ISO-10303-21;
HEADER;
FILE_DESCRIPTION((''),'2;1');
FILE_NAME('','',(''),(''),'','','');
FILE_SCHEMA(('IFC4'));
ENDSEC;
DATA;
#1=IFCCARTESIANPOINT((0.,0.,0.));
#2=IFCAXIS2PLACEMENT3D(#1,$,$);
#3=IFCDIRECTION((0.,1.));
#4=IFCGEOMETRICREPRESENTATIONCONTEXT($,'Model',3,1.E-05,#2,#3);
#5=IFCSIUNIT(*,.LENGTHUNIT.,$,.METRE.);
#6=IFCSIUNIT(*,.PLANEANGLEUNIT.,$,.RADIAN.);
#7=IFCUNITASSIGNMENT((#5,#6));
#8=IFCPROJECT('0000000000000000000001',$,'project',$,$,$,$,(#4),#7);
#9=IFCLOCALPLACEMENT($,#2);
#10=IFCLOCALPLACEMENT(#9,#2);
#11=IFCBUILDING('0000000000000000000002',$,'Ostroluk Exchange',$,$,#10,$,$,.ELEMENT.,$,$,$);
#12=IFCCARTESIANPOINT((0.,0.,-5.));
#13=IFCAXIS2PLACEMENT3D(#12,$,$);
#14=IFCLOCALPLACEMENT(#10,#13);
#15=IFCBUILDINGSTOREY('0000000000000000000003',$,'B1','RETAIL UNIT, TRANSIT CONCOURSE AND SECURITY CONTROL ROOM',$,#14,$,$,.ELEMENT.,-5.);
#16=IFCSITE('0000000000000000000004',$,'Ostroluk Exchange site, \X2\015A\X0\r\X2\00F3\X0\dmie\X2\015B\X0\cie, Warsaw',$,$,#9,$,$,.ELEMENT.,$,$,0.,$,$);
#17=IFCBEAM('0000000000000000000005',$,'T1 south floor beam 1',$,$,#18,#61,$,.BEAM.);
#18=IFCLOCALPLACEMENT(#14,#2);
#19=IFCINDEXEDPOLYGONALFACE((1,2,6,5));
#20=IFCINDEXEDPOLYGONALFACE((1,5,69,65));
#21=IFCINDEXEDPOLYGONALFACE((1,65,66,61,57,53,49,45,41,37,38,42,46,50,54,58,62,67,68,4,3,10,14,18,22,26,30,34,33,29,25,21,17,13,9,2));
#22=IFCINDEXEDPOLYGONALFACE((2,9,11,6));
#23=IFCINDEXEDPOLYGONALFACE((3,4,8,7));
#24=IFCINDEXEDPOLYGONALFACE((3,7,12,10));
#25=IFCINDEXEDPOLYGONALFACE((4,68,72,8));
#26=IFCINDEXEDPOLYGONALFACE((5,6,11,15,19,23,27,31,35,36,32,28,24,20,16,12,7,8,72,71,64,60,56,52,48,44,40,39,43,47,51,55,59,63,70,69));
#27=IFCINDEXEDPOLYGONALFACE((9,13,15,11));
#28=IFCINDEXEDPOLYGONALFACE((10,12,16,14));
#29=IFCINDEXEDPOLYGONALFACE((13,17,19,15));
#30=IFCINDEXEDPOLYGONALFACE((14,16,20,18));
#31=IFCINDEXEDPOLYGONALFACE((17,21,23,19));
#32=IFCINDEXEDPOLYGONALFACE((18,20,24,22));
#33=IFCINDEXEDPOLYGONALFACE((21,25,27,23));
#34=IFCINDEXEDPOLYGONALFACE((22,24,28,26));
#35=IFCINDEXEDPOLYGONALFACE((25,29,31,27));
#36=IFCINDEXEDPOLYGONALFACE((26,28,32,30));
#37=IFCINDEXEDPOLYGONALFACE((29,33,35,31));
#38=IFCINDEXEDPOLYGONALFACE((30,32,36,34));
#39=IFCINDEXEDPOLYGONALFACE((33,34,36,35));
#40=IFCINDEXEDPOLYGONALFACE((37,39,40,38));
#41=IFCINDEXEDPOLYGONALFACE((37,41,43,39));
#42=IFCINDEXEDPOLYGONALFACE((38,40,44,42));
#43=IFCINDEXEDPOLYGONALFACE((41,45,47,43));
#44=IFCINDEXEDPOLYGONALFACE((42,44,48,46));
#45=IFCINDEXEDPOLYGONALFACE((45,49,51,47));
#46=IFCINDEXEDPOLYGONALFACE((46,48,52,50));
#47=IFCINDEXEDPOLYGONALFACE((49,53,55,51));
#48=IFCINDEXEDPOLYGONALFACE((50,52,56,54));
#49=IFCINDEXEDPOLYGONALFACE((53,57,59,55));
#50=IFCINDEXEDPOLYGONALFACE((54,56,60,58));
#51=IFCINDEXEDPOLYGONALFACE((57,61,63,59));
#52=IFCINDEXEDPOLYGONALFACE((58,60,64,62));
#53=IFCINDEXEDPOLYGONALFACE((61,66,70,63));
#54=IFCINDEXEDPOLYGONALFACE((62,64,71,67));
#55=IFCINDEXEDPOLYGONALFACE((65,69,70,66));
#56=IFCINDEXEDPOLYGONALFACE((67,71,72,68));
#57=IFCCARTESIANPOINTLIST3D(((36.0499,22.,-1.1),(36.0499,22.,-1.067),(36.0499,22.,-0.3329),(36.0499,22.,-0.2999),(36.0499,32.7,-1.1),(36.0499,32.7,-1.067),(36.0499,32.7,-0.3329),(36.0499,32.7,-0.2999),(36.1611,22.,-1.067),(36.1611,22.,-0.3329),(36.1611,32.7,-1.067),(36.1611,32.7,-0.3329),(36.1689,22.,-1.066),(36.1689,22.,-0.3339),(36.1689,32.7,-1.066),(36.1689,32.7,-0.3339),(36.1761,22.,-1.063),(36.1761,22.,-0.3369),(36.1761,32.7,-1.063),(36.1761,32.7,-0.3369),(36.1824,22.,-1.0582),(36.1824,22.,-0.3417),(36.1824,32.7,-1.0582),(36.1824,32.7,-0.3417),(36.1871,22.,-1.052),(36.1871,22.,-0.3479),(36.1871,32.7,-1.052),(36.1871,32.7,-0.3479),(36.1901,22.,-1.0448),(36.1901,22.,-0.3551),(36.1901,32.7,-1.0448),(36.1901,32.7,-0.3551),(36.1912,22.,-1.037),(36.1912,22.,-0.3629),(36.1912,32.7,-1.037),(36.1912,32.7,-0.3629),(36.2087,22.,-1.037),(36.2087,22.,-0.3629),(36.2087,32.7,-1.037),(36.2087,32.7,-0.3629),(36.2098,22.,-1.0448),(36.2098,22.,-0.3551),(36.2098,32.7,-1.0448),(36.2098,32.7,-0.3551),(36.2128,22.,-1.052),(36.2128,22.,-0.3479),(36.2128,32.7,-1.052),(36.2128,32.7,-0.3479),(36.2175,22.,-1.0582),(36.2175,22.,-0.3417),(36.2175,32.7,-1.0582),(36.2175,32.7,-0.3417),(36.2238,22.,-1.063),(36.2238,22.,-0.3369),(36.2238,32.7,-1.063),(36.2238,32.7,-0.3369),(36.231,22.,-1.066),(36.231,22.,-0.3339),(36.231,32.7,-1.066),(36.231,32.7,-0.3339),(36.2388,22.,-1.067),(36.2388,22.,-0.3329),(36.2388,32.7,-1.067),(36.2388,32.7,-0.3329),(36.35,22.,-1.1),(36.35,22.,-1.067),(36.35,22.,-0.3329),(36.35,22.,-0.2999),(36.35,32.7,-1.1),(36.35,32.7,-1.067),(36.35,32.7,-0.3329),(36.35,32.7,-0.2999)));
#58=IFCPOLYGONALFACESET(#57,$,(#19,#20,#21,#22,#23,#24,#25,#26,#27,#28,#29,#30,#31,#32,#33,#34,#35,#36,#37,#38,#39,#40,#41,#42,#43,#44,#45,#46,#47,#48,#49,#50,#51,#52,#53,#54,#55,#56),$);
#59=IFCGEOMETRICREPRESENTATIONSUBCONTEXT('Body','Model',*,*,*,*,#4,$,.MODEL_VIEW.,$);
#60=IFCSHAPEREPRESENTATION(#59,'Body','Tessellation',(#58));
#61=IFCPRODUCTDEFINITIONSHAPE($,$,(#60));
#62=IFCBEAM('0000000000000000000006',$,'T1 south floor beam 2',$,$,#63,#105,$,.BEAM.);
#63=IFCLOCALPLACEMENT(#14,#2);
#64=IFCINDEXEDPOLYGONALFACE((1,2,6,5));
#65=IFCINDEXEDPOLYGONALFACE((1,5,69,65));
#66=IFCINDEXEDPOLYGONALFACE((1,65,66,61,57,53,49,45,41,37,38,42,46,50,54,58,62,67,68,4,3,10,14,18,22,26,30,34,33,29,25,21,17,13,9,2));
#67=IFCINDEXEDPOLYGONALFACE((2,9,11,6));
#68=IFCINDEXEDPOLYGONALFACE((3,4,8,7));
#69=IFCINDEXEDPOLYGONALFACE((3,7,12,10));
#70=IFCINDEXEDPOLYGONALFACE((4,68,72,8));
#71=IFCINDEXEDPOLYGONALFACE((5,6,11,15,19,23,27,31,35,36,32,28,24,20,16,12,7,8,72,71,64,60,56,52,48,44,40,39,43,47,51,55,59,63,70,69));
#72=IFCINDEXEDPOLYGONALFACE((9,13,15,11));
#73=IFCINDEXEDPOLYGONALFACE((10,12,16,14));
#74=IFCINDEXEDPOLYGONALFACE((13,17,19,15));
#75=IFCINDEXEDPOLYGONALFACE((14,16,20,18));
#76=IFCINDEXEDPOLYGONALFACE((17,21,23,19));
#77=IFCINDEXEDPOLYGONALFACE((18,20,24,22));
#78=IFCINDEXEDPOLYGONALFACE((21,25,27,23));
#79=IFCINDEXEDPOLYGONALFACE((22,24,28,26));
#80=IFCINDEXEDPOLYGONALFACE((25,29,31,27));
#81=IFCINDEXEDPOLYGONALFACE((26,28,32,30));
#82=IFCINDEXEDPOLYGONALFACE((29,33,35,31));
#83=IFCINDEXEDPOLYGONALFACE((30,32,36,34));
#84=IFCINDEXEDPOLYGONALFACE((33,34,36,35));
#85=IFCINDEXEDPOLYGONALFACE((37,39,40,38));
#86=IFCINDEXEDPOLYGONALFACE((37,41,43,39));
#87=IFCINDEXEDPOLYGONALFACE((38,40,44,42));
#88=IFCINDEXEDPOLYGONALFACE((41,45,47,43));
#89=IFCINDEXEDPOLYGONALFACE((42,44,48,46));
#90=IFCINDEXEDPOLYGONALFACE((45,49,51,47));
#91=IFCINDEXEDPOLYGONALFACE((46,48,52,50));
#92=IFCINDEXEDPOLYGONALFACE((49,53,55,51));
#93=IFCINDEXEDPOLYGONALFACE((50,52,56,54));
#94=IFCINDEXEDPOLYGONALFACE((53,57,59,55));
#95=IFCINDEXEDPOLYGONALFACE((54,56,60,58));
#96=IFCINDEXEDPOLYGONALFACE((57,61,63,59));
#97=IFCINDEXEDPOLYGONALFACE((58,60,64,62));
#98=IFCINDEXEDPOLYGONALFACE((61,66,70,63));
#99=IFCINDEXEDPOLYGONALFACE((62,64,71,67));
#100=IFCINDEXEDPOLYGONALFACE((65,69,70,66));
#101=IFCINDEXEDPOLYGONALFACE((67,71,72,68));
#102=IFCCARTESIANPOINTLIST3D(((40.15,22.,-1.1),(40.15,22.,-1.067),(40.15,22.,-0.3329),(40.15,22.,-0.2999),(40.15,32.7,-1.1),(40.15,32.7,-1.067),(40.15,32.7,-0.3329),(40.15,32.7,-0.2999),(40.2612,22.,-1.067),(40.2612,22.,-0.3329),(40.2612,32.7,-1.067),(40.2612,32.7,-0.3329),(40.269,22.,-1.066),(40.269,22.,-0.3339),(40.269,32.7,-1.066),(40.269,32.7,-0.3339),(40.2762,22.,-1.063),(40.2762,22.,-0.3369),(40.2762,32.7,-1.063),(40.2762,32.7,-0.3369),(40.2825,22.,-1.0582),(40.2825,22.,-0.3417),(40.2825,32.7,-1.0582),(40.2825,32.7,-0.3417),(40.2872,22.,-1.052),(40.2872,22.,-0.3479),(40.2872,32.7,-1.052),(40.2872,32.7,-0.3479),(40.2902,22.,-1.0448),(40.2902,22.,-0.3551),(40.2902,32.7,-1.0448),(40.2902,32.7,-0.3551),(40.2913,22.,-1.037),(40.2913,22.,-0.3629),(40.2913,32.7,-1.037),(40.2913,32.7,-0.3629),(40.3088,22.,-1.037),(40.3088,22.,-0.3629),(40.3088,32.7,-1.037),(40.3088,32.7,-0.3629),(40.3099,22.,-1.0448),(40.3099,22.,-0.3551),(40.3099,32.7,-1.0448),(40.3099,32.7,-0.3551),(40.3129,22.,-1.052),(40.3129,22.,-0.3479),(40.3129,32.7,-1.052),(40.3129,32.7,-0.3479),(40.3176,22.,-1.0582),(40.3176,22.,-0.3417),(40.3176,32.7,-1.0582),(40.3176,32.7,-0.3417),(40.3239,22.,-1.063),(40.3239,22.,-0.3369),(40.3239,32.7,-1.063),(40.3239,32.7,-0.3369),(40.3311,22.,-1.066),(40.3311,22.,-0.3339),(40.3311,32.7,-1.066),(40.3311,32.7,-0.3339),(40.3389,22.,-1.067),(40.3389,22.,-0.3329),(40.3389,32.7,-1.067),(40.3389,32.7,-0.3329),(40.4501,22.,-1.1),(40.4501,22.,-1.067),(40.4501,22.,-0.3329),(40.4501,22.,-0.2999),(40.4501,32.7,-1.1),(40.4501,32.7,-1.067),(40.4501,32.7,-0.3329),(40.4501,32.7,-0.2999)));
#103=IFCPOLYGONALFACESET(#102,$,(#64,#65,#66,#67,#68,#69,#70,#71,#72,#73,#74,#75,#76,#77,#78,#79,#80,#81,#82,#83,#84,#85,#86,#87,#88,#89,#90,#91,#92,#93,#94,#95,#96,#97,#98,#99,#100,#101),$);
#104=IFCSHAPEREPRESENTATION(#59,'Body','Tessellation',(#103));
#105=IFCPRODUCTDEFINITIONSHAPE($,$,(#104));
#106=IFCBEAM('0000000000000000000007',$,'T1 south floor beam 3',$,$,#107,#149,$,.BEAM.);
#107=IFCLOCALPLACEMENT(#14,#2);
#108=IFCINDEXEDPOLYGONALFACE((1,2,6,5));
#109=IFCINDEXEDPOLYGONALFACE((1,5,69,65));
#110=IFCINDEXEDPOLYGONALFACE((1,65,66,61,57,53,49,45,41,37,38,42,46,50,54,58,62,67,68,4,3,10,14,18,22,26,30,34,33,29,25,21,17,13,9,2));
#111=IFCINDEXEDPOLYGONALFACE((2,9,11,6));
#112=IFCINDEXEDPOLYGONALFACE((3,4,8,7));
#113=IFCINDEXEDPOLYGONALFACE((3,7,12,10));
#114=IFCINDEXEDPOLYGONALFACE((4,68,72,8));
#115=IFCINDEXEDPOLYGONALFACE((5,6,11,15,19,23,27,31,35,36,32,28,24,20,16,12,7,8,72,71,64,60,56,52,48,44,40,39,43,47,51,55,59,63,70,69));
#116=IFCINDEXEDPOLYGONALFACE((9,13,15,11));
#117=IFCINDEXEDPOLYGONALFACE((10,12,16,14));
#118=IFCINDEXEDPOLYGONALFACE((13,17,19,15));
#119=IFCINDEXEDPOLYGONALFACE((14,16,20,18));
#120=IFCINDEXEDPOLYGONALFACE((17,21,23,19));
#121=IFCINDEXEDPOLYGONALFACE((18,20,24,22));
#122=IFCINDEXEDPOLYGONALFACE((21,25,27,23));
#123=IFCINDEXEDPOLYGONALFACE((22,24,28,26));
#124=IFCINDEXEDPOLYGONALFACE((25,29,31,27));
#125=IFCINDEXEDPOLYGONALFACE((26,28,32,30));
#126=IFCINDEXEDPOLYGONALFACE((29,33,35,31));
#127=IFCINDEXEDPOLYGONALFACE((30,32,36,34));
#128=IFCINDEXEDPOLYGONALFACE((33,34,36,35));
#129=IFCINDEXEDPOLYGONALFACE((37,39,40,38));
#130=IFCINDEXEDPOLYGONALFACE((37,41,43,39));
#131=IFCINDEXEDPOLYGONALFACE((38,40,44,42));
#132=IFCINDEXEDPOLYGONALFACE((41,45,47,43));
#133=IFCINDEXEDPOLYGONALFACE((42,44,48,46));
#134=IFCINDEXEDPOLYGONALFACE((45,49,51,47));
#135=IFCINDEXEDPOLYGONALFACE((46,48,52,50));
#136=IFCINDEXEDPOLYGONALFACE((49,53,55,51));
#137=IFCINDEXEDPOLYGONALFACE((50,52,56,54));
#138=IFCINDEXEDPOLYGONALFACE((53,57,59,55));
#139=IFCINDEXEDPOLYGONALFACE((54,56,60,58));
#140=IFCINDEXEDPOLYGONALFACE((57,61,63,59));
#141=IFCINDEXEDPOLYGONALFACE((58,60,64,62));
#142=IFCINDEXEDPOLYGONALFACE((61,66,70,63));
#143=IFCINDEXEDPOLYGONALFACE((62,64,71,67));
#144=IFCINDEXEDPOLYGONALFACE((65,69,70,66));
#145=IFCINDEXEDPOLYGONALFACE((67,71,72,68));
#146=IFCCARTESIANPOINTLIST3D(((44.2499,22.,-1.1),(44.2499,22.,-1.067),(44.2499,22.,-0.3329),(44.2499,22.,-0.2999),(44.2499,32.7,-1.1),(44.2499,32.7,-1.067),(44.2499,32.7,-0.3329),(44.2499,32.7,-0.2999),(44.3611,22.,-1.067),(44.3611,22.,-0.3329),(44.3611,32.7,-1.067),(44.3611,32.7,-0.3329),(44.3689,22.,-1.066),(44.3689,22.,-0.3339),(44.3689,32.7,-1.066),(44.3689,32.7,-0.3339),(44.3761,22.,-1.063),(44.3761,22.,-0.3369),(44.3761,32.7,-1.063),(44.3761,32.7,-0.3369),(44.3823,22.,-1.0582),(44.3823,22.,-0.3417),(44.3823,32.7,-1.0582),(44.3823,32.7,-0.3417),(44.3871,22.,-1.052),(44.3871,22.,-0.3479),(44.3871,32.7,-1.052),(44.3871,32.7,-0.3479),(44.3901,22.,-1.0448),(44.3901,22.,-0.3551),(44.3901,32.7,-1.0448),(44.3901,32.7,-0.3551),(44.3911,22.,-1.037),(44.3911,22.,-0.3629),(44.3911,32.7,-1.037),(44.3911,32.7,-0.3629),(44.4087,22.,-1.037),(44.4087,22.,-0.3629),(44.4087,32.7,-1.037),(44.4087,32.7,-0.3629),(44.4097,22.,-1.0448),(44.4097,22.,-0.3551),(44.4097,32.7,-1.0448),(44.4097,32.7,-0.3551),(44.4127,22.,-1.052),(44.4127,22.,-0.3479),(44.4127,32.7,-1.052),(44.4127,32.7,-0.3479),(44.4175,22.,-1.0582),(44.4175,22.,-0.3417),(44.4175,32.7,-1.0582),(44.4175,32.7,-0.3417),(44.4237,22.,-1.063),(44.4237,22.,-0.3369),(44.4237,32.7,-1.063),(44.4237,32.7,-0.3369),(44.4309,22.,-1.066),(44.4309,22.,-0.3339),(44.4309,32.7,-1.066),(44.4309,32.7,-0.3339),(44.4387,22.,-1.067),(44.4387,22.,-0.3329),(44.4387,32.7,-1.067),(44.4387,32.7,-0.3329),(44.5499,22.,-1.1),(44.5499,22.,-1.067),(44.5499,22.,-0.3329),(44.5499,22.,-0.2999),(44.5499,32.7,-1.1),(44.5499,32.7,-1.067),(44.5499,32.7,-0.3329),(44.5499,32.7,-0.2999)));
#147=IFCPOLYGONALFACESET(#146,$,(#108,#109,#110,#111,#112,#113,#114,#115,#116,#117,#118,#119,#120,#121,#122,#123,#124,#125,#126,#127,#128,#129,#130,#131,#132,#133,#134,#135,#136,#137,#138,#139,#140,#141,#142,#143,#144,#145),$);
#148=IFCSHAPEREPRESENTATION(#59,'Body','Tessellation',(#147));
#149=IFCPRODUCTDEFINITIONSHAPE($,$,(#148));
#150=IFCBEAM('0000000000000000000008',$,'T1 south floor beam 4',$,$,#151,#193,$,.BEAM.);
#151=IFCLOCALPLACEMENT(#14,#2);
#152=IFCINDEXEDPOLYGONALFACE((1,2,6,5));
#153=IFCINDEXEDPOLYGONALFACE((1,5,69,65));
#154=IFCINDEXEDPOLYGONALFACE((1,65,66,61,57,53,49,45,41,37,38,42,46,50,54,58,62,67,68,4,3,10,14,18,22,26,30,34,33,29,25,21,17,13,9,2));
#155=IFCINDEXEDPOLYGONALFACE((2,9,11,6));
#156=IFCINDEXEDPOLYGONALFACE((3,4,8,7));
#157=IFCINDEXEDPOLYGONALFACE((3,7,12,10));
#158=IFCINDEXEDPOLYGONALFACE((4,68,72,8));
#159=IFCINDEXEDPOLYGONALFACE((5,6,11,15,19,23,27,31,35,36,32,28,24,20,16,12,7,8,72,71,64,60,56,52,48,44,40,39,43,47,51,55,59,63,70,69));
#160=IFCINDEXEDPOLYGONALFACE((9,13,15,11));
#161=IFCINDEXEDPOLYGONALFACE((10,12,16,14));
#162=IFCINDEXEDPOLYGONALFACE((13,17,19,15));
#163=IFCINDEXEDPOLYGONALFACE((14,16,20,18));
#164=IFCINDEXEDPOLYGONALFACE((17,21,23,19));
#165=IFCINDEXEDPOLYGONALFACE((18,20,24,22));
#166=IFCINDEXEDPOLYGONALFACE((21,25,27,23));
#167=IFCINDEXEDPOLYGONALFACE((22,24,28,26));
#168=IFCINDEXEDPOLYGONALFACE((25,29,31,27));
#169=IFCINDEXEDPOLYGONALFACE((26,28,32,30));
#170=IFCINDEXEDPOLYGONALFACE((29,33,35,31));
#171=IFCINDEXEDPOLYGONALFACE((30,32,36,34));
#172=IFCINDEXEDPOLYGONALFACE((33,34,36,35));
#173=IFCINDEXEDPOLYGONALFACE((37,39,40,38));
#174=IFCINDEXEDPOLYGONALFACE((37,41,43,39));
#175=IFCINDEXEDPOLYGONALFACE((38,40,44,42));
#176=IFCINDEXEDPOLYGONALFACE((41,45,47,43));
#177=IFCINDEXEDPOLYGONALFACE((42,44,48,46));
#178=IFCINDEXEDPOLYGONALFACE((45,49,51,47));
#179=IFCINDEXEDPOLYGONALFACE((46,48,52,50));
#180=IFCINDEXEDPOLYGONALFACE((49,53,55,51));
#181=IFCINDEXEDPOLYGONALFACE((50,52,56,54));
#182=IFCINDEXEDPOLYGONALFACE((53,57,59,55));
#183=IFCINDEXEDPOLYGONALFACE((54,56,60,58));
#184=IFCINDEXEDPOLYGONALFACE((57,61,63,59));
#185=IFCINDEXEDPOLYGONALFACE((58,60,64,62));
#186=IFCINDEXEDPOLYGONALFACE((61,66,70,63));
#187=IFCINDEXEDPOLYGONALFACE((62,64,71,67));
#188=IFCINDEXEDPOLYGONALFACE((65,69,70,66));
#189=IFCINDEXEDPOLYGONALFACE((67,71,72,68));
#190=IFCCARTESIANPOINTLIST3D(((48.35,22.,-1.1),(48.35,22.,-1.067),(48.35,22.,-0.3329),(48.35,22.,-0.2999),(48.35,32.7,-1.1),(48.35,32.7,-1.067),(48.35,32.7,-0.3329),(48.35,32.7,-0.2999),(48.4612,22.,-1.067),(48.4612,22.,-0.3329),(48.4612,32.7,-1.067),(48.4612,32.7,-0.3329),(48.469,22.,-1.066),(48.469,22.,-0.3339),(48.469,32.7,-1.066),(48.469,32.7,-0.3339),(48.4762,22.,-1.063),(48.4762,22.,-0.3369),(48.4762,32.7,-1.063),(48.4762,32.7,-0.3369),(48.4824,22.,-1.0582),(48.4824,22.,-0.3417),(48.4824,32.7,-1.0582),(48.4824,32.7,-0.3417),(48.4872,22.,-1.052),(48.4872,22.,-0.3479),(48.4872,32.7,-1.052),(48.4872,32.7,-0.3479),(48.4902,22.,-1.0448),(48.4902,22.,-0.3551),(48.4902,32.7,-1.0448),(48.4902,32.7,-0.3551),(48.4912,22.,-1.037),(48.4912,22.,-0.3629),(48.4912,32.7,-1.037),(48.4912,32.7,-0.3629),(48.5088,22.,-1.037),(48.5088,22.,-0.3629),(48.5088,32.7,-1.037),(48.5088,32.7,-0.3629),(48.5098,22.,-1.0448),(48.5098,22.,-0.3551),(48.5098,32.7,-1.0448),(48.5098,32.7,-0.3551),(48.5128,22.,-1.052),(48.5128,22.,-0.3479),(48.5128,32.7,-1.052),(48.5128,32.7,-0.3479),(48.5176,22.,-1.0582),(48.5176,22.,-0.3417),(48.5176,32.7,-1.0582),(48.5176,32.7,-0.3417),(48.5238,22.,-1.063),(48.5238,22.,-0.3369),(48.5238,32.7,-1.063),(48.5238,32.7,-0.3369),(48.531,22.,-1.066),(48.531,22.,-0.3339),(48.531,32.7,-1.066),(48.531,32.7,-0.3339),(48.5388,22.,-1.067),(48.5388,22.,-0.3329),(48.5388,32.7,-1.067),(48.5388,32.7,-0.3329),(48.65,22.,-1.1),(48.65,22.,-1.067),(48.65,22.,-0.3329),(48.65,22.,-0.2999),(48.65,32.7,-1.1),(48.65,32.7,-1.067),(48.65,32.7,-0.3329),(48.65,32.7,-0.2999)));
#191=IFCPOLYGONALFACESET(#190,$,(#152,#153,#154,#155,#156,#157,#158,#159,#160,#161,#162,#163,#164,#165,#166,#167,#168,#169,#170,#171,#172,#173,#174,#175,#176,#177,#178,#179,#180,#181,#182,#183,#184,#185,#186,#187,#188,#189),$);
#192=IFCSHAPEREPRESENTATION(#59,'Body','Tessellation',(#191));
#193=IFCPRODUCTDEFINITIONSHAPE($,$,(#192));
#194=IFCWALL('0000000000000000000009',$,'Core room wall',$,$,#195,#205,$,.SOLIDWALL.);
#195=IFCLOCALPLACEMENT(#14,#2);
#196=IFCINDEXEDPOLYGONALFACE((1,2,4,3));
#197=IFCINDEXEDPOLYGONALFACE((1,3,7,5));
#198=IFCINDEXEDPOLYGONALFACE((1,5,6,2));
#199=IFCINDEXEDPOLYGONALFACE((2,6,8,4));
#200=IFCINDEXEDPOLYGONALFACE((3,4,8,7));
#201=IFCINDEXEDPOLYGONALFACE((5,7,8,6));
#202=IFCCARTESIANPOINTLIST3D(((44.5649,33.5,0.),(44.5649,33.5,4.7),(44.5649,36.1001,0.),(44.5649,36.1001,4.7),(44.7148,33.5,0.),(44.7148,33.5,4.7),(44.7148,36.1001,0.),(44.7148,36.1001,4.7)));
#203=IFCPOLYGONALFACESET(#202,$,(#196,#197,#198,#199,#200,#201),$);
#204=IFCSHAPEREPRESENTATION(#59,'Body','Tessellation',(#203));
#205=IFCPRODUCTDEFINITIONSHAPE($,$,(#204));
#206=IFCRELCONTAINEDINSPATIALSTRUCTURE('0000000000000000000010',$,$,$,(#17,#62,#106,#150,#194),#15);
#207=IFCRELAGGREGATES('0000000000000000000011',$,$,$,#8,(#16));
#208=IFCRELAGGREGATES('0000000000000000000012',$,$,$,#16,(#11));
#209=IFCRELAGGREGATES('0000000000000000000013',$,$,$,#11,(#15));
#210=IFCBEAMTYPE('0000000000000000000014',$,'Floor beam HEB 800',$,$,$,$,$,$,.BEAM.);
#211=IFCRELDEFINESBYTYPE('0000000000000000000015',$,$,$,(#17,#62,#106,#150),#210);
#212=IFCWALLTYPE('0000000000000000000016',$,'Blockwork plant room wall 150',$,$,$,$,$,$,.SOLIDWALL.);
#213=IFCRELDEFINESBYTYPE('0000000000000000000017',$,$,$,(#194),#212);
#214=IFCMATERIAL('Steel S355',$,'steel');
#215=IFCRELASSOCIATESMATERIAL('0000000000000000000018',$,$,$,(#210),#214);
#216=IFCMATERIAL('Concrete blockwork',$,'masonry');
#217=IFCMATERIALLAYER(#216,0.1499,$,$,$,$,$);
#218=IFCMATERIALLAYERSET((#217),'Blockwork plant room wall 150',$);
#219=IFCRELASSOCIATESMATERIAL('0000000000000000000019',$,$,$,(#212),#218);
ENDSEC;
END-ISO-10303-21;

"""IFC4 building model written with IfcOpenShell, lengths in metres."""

from ifc_helpers import new_model, si_unit, direction, frame, frame_2d, origin, origin_2d, place, context, subcontext, project, spatial, rectangle, i_section, extrude, material, layer, layer_set, material_profile, profile_set, type_object, element, save


model = new_model("IFC4")

# Units and contexts
model_context = context("Model", 3, precision=1e-05, world=origin(), true_north=direction((0.0, 1.0)))
body_context = subcontext(model_context, "Body", "Model", "MODEL_VIEW")
ifc_project = project(units=[si_unit("LENGTHUNIT", "METRE"), si_unit("PLANEANGLEUNIT", "RADIAN")], contexts=[model_context])

# Site, building, storey
site_placement = place(None, origin())
site = spatial("IfcSite", under=ifc_project, at=site_placement, Name="Ostroluk Exchange site, Śródmieście, Warsaw", CompositionType="ELEMENT", RefElevation=0.0)
building_placement = place(site_placement, origin())
building = spatial("IfcBuilding", under=site, at=building_placement, Name="Ostroluk Exchange", CompositionType="ELEMENT")
storey_placement = place(building_placement, frame((0.0, 0.0, -5.0)))
storey = spatial("IfcBuildingStorey", under=building, at=storey_placement, Name="B1", Description="RETAIL UNIT, TRANSIT CONCOURSE AND SECURITY CONTROL ROOM", CompositionType="ELEMENT", Elevation=-5.0)

# Beams
ifc_material_1 = material(Name="Steel S355", Category="steel")
ifc_material_profile = material_profile(ifc_material_1, i_section(OverallWidth=0.3, OverallDepth=0.8, WebThickness=0.0176, FlangeThickness=0.033, FilletRadius=0.03, at=origin_2d()), Name="HEB 800")
ifc_profile_set = profile_set([ifc_material_profile], Name="Steel S355")
beam_type = type_object("IfcBeamType", Name="Floor beam HEB 800", PredefinedType="BEAM", material=ifc_profile_set)
for number, where, z_axis, x_axis, name in (
    (1, (36.2, 32.7, -0.7), (0.0, -1.0, 0.0), (1.0, 0.0, 0.0), "T1 south floor beam 1"),
    (2, (40.3, 32.7, -0.7), (0.0, -1.0, 0.0), (1.0, 0.0, 0.0), "T1 south floor beam 2"),
    (3, (44.3999, 32.7, -0.7), (0.0, -1.0, 0.0), (1.0, 0.0, 0.0), "T1 south floor beam 3"),
    (4, (48.5, 32.7, -0.7), (0.0, -1.0, 0.0), (1.0, 0.0, 0.0), "T1 south floor beam 4"),
):
    element("IfcBeam", number, at=place(storey_placement, frame(where, z_axis=z_axis, x_axis=x_axis)), inside=storey, type_object=beam_type, Name=name, PredefinedType="BEAM", context=body_context, shape_type="SweptSolid", body=[
        extrude(i_section(OverallWidth=0.3, OverallDepth=0.8, WebThickness=0.0176, FlangeThickness=0.033, FilletRadius=0.03, at=origin_2d()), origin(), (0.0, 0.0, 1.0), 10.7),
    ])

# Wall
ifc_material_2 = material(Name="Concrete blockwork", Category="masonry")
ifc_layer_1 = layer(ifc_material_2, 0.1499)
ifc_layer_set_1 = layer_set([ifc_layer_1], Name="Blockwork plant room wall 150")
wall_type_1 = type_object("IfcWallType", Name="Blockwork plant room wall 150", PredefinedType="SOLIDWALL", material=ifc_layer_set_1)
wall_1_placement = place(storey_placement, frame((44.6399, 33.5, 0.0), z_axis=(0.0, 0.0, 1.0), x_axis=(0.0, 1.0, 0.0)))
element("IfcWall", 5, at=wall_1_placement, inside=storey, type_object=wall_type_1, Name="Core room wall", PredefinedType="SOLIDWALL", context=body_context, shape_type="SweptSolid", body=[
    extrude(rectangle(XDim=2.6001, YDim=0.1499, at=frame_2d((1.3, 0.0))), origin(), (0.0, 0.0, 1.0), 4.7),
])

save(model, "model.ifc")
